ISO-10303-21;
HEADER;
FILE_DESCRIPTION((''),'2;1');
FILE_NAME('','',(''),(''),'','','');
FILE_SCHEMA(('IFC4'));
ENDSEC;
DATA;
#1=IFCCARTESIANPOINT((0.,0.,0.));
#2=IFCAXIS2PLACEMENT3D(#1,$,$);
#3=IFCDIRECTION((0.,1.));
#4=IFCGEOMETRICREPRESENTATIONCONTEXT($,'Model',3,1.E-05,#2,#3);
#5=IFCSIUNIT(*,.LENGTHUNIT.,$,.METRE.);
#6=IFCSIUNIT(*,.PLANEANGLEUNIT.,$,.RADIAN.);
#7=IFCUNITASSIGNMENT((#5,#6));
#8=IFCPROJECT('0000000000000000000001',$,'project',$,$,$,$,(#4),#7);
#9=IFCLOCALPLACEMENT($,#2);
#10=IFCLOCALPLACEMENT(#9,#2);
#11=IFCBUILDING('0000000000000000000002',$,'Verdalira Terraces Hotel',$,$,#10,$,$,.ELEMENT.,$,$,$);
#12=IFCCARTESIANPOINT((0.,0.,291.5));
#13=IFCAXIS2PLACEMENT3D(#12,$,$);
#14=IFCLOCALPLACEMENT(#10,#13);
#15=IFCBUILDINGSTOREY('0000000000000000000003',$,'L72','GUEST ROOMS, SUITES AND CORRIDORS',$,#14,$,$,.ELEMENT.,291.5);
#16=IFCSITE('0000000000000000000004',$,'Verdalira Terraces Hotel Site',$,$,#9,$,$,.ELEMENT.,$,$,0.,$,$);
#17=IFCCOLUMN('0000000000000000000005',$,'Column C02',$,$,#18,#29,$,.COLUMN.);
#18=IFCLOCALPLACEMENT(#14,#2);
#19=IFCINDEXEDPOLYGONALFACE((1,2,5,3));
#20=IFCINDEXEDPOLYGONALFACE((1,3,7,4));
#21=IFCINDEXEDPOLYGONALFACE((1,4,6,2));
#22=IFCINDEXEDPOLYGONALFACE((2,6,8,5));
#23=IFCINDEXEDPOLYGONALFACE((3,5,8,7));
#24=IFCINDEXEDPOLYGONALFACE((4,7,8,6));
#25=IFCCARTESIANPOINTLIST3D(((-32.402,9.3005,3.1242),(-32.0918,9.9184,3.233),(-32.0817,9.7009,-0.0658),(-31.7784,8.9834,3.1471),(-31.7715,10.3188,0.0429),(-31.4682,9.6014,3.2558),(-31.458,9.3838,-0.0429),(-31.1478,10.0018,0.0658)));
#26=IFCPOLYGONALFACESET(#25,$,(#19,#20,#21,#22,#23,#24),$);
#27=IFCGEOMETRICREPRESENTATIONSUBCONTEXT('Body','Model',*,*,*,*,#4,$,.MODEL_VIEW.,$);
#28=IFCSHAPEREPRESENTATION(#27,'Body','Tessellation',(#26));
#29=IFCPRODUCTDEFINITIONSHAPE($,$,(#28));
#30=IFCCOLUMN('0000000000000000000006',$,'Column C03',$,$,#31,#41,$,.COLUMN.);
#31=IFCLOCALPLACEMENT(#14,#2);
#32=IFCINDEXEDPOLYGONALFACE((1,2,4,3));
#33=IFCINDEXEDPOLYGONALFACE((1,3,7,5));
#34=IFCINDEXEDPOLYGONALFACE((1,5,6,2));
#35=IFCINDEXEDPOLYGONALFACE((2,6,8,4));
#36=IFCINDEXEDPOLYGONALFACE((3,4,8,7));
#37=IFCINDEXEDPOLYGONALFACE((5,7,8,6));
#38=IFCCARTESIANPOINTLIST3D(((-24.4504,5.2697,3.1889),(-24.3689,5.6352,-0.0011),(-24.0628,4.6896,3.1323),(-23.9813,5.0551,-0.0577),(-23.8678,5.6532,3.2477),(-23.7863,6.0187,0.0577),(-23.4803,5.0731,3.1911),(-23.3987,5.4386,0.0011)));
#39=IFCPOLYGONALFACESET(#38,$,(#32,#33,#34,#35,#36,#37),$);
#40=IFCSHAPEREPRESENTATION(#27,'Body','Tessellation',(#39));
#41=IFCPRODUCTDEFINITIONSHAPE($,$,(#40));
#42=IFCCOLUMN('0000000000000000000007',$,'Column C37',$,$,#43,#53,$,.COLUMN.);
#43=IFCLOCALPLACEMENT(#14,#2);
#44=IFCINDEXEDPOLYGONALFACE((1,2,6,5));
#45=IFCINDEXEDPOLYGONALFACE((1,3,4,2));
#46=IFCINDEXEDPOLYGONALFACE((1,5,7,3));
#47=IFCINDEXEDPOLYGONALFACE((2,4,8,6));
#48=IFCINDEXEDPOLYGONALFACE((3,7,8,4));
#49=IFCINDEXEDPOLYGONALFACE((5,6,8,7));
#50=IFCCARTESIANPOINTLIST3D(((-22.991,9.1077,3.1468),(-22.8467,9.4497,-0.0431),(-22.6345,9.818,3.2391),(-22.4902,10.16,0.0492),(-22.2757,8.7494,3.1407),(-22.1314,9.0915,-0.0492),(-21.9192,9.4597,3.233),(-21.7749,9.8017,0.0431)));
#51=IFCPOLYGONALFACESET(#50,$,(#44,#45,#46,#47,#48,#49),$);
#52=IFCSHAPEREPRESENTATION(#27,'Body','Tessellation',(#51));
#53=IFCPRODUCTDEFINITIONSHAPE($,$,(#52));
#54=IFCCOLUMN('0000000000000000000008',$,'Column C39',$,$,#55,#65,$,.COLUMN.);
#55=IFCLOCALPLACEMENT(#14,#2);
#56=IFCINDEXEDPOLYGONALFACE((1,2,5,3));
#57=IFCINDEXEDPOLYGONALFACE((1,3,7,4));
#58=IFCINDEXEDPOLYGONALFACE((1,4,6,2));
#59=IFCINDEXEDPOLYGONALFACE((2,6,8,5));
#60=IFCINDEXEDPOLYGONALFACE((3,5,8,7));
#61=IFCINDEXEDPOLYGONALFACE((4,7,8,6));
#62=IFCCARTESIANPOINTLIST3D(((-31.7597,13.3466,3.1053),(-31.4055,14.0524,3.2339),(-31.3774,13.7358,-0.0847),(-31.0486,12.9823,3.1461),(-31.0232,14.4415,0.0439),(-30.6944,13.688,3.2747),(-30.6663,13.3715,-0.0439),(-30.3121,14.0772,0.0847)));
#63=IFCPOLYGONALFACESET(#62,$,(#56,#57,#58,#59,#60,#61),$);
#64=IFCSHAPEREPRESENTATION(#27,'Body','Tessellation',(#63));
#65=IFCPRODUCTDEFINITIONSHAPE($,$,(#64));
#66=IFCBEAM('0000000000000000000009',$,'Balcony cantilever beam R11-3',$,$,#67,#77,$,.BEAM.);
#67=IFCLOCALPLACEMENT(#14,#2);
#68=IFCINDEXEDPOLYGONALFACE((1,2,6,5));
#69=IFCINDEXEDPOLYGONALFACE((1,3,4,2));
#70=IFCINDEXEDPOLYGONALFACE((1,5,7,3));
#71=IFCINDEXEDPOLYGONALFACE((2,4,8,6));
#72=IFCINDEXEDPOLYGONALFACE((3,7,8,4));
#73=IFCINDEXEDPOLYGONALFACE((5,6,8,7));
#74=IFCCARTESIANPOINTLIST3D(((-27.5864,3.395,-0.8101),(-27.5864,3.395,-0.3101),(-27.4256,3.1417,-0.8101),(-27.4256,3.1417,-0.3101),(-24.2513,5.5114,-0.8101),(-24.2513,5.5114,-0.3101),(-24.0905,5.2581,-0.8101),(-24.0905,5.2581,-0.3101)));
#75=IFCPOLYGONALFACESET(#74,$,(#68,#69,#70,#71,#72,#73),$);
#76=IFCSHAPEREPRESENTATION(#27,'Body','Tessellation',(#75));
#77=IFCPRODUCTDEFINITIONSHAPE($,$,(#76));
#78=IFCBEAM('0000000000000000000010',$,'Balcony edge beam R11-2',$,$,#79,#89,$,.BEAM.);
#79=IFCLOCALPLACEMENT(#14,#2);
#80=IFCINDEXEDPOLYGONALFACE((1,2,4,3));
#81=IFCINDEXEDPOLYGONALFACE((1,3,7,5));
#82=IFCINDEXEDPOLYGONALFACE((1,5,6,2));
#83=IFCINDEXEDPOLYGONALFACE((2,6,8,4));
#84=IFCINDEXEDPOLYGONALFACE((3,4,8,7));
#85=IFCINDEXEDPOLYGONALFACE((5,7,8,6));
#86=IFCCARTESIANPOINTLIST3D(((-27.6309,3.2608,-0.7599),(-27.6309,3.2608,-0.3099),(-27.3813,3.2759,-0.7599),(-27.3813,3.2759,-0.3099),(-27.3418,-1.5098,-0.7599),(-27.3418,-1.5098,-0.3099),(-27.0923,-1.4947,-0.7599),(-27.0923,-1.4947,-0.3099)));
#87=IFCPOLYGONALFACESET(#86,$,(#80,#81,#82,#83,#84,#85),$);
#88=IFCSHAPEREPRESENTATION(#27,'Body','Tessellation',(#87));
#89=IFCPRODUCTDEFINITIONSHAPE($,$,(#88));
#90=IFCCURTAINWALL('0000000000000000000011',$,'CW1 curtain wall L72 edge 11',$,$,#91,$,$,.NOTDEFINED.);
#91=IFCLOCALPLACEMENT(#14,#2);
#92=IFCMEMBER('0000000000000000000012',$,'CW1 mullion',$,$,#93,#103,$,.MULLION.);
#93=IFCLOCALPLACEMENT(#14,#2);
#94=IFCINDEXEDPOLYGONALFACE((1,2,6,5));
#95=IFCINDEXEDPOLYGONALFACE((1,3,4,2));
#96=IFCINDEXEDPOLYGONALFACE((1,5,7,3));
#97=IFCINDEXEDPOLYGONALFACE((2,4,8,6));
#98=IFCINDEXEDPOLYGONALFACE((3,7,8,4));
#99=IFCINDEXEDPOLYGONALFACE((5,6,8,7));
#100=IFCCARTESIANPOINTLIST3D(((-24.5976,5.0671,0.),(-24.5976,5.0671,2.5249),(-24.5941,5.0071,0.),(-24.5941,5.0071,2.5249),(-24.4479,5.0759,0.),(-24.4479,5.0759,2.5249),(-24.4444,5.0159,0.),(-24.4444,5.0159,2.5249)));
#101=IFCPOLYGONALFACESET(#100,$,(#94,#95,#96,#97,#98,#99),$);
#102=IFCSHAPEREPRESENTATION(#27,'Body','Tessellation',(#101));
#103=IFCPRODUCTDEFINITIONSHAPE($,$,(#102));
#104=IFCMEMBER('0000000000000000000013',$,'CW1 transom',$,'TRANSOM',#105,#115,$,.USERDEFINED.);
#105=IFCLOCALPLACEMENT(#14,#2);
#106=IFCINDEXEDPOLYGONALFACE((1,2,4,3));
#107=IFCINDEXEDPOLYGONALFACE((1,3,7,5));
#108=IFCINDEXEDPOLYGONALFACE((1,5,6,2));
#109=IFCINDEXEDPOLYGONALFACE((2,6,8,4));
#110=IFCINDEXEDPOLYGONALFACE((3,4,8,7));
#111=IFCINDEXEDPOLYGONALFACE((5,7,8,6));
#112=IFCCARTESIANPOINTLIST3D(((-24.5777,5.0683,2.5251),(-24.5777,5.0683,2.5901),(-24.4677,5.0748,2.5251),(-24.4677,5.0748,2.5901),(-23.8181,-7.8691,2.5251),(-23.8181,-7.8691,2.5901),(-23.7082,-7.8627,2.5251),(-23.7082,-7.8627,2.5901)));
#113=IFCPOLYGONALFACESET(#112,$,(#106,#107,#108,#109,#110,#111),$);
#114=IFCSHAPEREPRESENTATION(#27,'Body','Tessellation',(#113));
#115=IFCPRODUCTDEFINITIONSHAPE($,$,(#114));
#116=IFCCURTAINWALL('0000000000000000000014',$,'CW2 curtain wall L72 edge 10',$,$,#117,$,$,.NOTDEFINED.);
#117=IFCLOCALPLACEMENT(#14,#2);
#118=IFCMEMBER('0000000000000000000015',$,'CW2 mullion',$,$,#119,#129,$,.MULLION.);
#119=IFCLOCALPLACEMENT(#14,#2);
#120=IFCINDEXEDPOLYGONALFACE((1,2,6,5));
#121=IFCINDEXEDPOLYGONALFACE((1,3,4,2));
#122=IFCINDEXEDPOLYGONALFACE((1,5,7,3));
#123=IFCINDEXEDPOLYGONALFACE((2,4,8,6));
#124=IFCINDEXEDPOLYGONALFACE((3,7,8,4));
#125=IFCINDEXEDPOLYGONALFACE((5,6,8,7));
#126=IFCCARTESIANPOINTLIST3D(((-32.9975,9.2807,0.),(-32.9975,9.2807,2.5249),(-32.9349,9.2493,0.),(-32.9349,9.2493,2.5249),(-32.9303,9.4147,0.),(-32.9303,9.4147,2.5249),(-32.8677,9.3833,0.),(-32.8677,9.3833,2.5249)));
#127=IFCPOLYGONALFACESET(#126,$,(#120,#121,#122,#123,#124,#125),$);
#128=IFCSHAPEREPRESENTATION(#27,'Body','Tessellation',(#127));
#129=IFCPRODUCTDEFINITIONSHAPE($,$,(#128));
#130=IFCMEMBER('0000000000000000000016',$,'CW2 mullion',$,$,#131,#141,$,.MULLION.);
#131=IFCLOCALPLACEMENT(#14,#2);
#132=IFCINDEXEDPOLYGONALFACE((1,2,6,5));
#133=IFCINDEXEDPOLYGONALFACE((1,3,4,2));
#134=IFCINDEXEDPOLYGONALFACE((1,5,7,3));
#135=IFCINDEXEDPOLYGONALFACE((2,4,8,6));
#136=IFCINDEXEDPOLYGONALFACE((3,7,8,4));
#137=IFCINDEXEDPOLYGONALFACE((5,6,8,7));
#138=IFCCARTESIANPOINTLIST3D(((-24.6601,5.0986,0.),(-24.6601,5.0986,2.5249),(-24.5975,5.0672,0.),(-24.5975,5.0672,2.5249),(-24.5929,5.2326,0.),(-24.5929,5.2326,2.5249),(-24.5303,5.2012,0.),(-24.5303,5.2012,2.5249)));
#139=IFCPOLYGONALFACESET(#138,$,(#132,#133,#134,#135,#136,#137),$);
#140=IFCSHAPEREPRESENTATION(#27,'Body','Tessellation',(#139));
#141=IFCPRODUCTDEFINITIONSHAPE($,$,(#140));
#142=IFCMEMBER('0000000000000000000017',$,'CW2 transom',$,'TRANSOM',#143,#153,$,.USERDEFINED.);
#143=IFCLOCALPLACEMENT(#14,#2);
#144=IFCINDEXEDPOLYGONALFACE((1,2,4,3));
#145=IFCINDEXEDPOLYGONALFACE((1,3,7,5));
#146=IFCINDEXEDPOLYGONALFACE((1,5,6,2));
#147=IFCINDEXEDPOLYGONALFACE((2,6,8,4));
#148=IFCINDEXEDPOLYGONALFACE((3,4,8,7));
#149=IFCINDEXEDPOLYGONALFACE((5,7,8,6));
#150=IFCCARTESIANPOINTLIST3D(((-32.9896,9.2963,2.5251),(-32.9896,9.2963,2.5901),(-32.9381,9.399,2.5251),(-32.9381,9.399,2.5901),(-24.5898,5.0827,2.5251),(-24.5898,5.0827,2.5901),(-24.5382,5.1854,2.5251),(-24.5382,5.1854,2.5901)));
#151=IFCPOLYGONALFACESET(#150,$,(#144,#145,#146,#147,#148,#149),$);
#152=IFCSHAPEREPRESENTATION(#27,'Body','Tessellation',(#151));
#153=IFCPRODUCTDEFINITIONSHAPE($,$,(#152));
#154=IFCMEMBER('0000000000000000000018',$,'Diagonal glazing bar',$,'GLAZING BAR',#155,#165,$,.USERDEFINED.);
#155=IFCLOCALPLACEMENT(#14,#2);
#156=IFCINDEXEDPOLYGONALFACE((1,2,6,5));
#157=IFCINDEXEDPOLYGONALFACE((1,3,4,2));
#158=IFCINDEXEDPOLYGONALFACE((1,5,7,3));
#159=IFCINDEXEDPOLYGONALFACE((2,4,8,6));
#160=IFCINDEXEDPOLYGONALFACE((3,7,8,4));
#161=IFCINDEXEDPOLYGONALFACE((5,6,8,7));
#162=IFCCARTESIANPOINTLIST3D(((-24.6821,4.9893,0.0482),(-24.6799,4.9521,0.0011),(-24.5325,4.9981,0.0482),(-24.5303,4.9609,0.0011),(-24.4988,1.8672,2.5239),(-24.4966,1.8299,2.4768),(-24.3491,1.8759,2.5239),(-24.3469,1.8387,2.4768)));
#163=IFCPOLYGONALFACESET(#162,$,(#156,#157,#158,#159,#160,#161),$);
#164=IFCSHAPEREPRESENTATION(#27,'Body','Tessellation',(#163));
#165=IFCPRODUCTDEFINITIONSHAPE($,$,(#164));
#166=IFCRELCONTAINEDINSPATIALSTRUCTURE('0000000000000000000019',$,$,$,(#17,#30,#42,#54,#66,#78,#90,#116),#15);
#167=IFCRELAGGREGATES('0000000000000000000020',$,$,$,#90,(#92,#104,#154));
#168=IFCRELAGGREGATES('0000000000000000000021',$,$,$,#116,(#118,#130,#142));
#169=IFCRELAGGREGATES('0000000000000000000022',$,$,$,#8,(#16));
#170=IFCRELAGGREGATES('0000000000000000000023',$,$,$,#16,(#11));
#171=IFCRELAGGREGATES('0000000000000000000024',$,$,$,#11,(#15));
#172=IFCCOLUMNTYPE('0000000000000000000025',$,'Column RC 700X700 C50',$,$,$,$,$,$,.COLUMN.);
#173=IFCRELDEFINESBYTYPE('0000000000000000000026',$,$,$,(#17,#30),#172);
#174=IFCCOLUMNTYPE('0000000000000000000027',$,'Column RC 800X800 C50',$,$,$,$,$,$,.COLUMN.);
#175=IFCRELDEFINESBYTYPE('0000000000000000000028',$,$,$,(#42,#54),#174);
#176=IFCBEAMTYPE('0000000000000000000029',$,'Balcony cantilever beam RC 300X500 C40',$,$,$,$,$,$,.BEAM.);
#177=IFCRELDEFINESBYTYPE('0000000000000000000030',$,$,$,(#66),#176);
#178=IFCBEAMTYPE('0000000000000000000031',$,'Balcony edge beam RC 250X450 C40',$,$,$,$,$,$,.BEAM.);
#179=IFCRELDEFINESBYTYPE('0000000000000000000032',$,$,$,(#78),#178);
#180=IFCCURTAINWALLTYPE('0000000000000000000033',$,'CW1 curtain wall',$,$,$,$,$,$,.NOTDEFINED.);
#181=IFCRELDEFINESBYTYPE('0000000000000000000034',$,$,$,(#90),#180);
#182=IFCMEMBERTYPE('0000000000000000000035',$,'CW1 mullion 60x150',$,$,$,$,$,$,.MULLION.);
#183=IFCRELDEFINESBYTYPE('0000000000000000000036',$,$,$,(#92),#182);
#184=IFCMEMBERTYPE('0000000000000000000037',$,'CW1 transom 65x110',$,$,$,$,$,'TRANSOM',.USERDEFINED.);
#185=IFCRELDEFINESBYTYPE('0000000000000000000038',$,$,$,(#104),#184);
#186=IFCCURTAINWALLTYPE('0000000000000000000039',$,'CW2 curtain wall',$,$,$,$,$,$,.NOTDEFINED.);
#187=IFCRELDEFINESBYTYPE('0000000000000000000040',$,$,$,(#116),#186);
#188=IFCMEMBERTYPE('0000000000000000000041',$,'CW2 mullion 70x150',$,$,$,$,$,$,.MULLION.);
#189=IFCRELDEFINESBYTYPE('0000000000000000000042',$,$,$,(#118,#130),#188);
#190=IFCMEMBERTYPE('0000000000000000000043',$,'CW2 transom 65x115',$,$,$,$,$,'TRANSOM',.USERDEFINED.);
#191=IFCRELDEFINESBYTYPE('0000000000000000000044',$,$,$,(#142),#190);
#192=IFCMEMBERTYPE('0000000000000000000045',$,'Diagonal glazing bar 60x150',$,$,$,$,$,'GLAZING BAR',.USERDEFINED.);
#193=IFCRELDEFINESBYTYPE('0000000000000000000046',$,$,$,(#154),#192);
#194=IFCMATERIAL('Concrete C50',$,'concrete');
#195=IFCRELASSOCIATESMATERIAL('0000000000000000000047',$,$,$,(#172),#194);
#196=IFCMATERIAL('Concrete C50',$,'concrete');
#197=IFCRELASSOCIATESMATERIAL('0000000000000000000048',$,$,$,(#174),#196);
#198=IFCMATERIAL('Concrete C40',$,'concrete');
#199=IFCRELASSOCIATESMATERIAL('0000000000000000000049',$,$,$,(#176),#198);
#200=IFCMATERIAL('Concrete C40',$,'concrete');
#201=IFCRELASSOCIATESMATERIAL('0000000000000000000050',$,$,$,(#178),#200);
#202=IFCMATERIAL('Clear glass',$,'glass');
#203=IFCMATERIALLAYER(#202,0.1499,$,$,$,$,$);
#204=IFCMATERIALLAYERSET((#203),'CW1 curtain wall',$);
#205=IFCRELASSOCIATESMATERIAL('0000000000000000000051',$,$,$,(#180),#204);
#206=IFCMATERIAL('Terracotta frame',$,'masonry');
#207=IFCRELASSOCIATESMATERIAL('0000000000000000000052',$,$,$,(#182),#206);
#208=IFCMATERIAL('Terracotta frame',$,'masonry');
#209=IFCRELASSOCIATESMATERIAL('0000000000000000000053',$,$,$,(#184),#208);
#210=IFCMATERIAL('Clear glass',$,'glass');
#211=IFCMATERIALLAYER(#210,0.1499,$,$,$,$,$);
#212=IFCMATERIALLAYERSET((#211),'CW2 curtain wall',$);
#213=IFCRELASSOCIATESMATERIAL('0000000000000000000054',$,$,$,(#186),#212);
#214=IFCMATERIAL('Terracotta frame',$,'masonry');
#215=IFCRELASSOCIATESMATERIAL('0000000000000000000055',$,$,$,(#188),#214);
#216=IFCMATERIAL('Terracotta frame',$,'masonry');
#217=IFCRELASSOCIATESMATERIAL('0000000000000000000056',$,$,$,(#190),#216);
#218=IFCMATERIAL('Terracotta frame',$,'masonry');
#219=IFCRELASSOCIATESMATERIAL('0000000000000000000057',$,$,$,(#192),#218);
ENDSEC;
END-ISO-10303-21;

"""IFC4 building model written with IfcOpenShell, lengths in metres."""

from ifc_helpers import new_model, si_unit, direction, frame, origin, origin_2d, place, context, subcontext, project, spatial, rectangle, extrude, material, layer, layer_set, material_profile, profile_set, type_object, element, aggregate, save


model = new_model("IFC4")

# Units and contexts
model_context = context("Model", 3, precision=1e-05, world=origin(), true_north=direction((0.0, 1.0)))
body_context = subcontext(model_context, "Body", "Model", "MODEL_VIEW")
ifc_project = project(units=[si_unit("LENGTHUNIT", "METRE"), si_unit("PLANEANGLEUNIT", "RADIAN")], contexts=[model_context])

# Site, building, storey
site_placement = place(None, origin())
site = spatial("IfcSite", under=ifc_project, at=site_placement, Name="Verdalira Terraces Hotel Site", CompositionType="ELEMENT", RefElevation=0.0)
building_placement = place(site_placement, origin())
building = spatial("IfcBuilding", under=site, at=building_placement, Name="Verdalira Terraces Hotel", CompositionType="ELEMENT")
storey_placement = place(building_placement, frame((0.0, 0.0, 291.5)))
storey = spatial("IfcBuildingStorey", under=building, at=storey_placement, Name="L72", Description="GUEST ROOMS, SUITES AND CORRIDORS", CompositionType="ELEMENT", Elevation=291.5)

# Columns
ifc_material_1 = material(Name="Concrete C50", Category="concrete")
ifc_material_profile_1 = material_profile(ifc_material_1, rectangle(XDim=0.7, YDim=0.7, at=origin_2d()), Name="RC 700X700")
ifc_profile_set_1 = profile_set([ifc_material_profile_1], Name="Concrete C50")
column_type_1 = type_object("IfcColumnType", Name="Column RC 700X700 C50", PredefinedType="COLUMN", material=ifc_profile_set_1)
column_1_placement = place(storey_placement, frame((-31.6147, 9.8513, 0.0), z_axis=(-0.099141, -0.123926, 0.987326), x_axis=(0.890937, -0.452955, 0.032609)))
element("IfcColumn", 1, at=column_1_placement, inside=storey, type_object=column_type_1, Name="Column C02", PredefinedType="COLUMN", context=body_context, shape_type="SweptSolid", body=[
    extrude(rectangle(XDim=0.7, YDim=0.7, at=origin_2d()), origin(), (0.0, 0.0, 1.0), 3.231),
])
column_2_placement = place(storey_placement, frame((-23.8838, 5.5369, 0.0), z_axis=(-0.025388, -0.113791, 0.99318), x_axis=(-0.553702, 0.828785, 0.080802)))
element("IfcColumn", 2, at=column_2_placement, inside=storey, type_object=column_type_1, Name="Column C03", PredefinedType="COLUMN", context=body_context, shape_type="SweptSolid", body=[
    extrude(rectangle(XDim=0.7, YDim=0.7, at=origin_2d()), origin(), (0.0, 0.0, 1.0), 3.2119),
])
ifc_material_2 = material(Name="Concrete C50", Category="concrete")
ifc_material_profile_2 = material_profile(ifc_material_2, rectangle(XDim=0.8, YDim=0.8, at=origin_2d()), Name="RC 800X800")
ifc_profile_set_2 = profile_set([ifc_material_profile_2], Name="Concrete C50")
column_type_2 = type_object("IfcColumnType", Name="Column RC 800X800 C50", PredefinedType="COLUMN", material=ifc_profile_set_2)
column_3_placement = place(storey_placement, frame((-22.3108, 9.6257, 0.0), z_axis=(-0.044929, -0.106506, 0.993296), x_axis=(-0.894092, 0.447818, 0.007576)))
element("IfcColumn", 3, at=column_3_placement, inside=storey, type_object=column_type_2, Name="Column C37", PredefinedType="COLUMN", context=body_context, shape_type="SweptSolid", body=[
    extrude(rectangle(XDim=0.8, YDim=0.8, at=origin_2d()), origin(), (0.0, 0.0, 1.0), 3.2114),
])
column_4_placement = place(storey_placement, frame((-30.8447, 13.9065, 0.0), z_axis=(-0.118138, -0.12025, 0.985689), x_axis=(-0.888831, 0.455391, -0.050973)))
element("IfcColumn", 4, at=column_4_placement, inside=storey, type_object=column_type_2, Name="Column C39", PredefinedType="COLUMN", context=body_context, shape_type="SweptSolid", body=[
    extrude(rectangle(XDim=0.8, YDim=0.8, at=origin_2d()), origin(), (0.0, 0.0, 1.0), 3.2363),
])

# Beams
ifc_material_3 = material(Name="Concrete C40", Category="concrete")
ifc_material_profile_3 = material_profile(ifc_material_3, rectangle(XDim=0.3, YDim=0.5, at=origin_2d()), Name="RC 300X500")
ifc_profile_set_3 = profile_set([ifc_material_profile_3], Name="Concrete C40")
beam_type_1 = type_object("IfcBeamType", Name="Balcony cantilever beam RC 300X500 C40", PredefinedType="BEAM", material=ifc_profile_set_3)
beam_1_placement = place(storey_placement, frame((-24.1709, 5.3848, -0.5601), z_axis=(-0.844343, -0.535803, 0.0), x_axis=(0.535803, -0.844343, 0.0)))
element("IfcBeam", 5, at=beam_1_placement, inside=storey, type_object=beam_type_1, Name="Balcony cantilever beam R11-3", PredefinedType="BEAM", context=body_context, shape_type="SweptSolid", body=[
    extrude(rectangle(XDim=0.3, YDim=0.5, at=origin_2d()), origin(), (0.0, 0.0, 1.0), 3.95),
])
ifc_material_4 = material(Name="Concrete C40", Category="concrete")
ifc_material_profile_4 = material_profile(ifc_material_4, rectangle(XDim=0.25, YDim=0.45, at=origin_2d()), Name="RC 250X450")
ifc_profile_set_4 = profile_set([ifc_material_profile_4], Name="Concrete C40")
beam_type_2 = type_object("IfcBeamType", Name="Balcony edge beam RC 250X450 C40", PredefinedType="BEAM", material=ifc_profile_set_4)
beam_2_placement = place(storey_placement, frame((-27.5061, 3.2683, -0.5349), z_axis=(0.060483, -0.998169, 0.0), x_axis=(0.998169, 0.060483, 0.0)))
element("IfcBeam", 6, at=beam_2_placement, inside=storey, type_object=beam_type_2, Name="Balcony edge beam R11-2", PredefinedType="BEAM", context=body_context, shape_type="SweptSolid", body=[
    extrude(rectangle(XDim=0.25, YDim=0.45, at=origin_2d()), origin(), (0.0, 0.0, 1.0), 4.7793),
])

# Curtain walls, members
ifc_material_5 = material(Name="Clear glass", Category="glass")
ifc_layer_1 = layer(ifc_material_5, 0.1499)
ifc_layer_set_1 = layer_set([ifc_layer_1], Name="CW1 curtain wall")
curtain_wall_type_1 = type_object("IfcCurtainWallType", Name="CW1 curtain wall", PredefinedType="NOTDEFINED", material=ifc_layer_set_1)
curtain_wall_1_placement = place(storey_placement, origin())
curtain_wall_1 = element("IfcCurtainWall", 7, at=curtain_wall_1_placement, inside=storey, type_object=curtain_wall_type_1, Name="CW1 curtain wall L72 edge 11", PredefinedType="NOTDEFINED")
ifc_material_6 = material(Name="Terracotta frame", Category="masonry")
ifc_material_profile_5 = material_profile(ifc_material_6, rectangle(XDim=0.0601, YDim=0.1499, at=origin_2d()), Name="MU 60x150")
ifc_profile_set_5 = profile_set([ifc_material_profile_5], Name="Terracotta frame")
member_type_1 = type_object("IfcMemberType", Name="CW1 mullion 60x150", PredefinedType="MULLION", material=ifc_profile_set_5)
member_1_placement = place(storey_placement, frame((-24.521, 5.0415, 0.0), z_axis=(0.0, 0.0, 1.0), x_axis=(0.058609, -0.998281, 0.0)))
member_1 = element("IfcMember", 8, at=member_1_placement, type_object=member_type_1, Name="CW1 mullion", PredefinedType="MULLION", context=body_context, shape_type="SweptSolid", body=[
    extrude(rectangle(XDim=0.0601, YDim=0.1499, at=origin_2d()), origin(), (0.0, 0.0, 1.0), 2.5249),
])
ifc_material_7 = material(Name="Terracotta frame", Category="masonry")
ifc_material_profile_6 = material_profile(ifc_material_7, rectangle(XDim=0.1101, YDim=0.0649, at=origin_2d()), Name="TR 65x110")
ifc_profile_set_6 = profile_set([ifc_material_profile_6], Name="Terracotta frame")
member_type_2 = type_object("IfcMemberType", Name="CW1 transom 65x110", ElementType="TRANSOM", PredefinedType="USERDEFINED", material=ifc_profile_set_6)
member_2_placement = place(storey_placement, frame((-24.5227, 5.0715, 2.5576), z_axis=(0.058606, -0.998281, 0.0), x_axis=(0.998281, 0.058606, 0.0)))
member_2 = element("IfcMember", 9, at=member_2_placement, type_object=member_type_2, Name="CW1 transom", ObjectType="TRANSOM", PredefinedType="USERDEFINED", context=body_context, shape_type="SweptSolid", body=[
    extrude(rectangle(XDim=0.1101, YDim=0.0649, at=origin_2d()), origin(), (0.0, 0.0, 1.0), 12.9597),
])
ifc_material_8 = material(Name="Clear glass", Category="glass")
ifc_layer_2 = layer(ifc_material_8, 0.1499)
ifc_layer_set_2 = layer_set([ifc_layer_2], Name="CW2 curtain wall")
curtain_wall_type_2 = type_object("IfcCurtainWallType", Name="CW2 curtain wall", PredefinedType="NOTDEFINED", material=ifc_layer_set_2)
curtain_wall_2_placement = place(storey_placement, origin())
curtain_wall_2 = element("IfcCurtainWall", 10, at=curtain_wall_2_placement, inside=storey, type_object=curtain_wall_type_2, Name="CW2 curtain wall L72 edge 10", PredefinedType="NOTDEFINED")
ifc_material_9 = material(Name="Terracotta frame", Category="masonry")
ifc_material_profile_7 = material_profile(ifc_material_9, rectangle(XDim=0.0701, YDim=0.1499, at=origin_2d()), Name="MU 70x150")
ifc_profile_set_7 = profile_set([ifc_material_profile_7], Name="Terracotta frame")
member_type_3 = type_object("IfcMemberType", Name="CW2 mullion 70x150", PredefinedType="MULLION", material=ifc_profile_set_7)
member_3_placement = place(storey_placement, frame((-32.9326, 9.332, 0.0), z_axis=(0.0, 0.0, 1.0), x_axis=(0.893841, -0.448383, 0.0)))
member_3 = element("IfcMember", 11, at=member_3_placement, type_object=member_type_3, Name="CW2 mullion", PredefinedType="MULLION", context=body_context, shape_type="SweptSolid", body=[
    extrude(rectangle(XDim=0.0701, YDim=0.1499, at=origin_2d()), origin(), (0.0, 0.0, 1.0), 2.5249),
])
member_4_placement = place(storey_placement, frame((-24.5952, 5.1499, 0.0), z_axis=(0.0, 0.0, 1.0), x_axis=(0.893841, -0.448383, 0.0)))
member_4 = element("IfcMember", 12, at=member_4_placement, type_object=member_type_3, Name="CW2 mullion", PredefinedType="MULLION", context=body_context, shape_type="SweptSolid", body=[
    extrude(rectangle(XDim=0.0701, YDim=0.1499, at=origin_2d()), origin(), (0.0, 0.0, 1.0), 2.5249),
])
ifc_material_10 = material(Name="Terracotta frame", Category="masonry")
ifc_material_profile_8 = material_profile(ifc_material_10, rectangle(XDim=0.115, YDim=0.0649, at=origin_2d()), Name="TR 65x115")
ifc_profile_set_8 = profile_set([ifc_material_profile_8], Name="Terracotta frame")
member_type_4 = type_object("IfcMemberType", Name="CW2 transom 65x115", ElementType="TRANSOM", PredefinedType="USERDEFINED", material=ifc_profile_set_8)
member_5_placement = place(storey_placement, frame((-32.9639, 9.3477, 2.5576), z_axis=(0.893844, -0.448377, 0.0), x_axis=(0.448377, 0.893844, 0.0)))
member_5 = element("IfcMember", 13, at=member_5_placement, type_object=member_type_4, Name="CW2 transom", ObjectType="TRANSOM", PredefinedType="USERDEFINED", context=body_context, shape_type="SweptSolid", body=[
    extrude(rectangle(XDim=0.115, YDim=0.0649, at=origin_2d()), origin(), (0.0, 0.0, 1.0), 9.3975),
])

# Member
ifc_material_11 = material(Name="Terracotta frame", Category="masonry")
ifc_material_profile_9 = material_profile(ifc_material_11, rectangle(XDim=0.1499, YDim=0.0601, at=origin_2d()), Name="GB 60x150")
ifc_profile_set_9 = profile_set([ifc_material_profile_9], Name="Terracotta frame")
member_type_5 = type_object("IfcMemberType", Name="Diagonal glazing bar 60x150", ElementType="GLAZING BAR", PredefinedType="USERDEFINED", material=ifc_profile_set_9)
member_6_placement = place(storey_placement, frame((-24.6062, 4.9751, 0.0247), z_axis=(0.045968, -0.782735, 0.620655), x_axis=(0.99828, 0.058626, 0.0)))
member_6 = element("IfcMember", 14, at=member_6_placement, type_object=member_type_5, Name="Diagonal glazing bar", ObjectType="GLAZING BAR", PredefinedType="USERDEFINED", context=body_context, shape_type="SweptSolid", body=[
    extrude(rectangle(XDim=0.1499, YDim=0.0601, at=origin_2d()), origin(), (0.0, 0.0, 1.0), 3.9888),
])

aggregate(curtain_wall_1, [member_1, member_2, member_6])
aggregate(curtain_wall_2, [member_3, member_4, member_5])

save(model, "model.ifc")
